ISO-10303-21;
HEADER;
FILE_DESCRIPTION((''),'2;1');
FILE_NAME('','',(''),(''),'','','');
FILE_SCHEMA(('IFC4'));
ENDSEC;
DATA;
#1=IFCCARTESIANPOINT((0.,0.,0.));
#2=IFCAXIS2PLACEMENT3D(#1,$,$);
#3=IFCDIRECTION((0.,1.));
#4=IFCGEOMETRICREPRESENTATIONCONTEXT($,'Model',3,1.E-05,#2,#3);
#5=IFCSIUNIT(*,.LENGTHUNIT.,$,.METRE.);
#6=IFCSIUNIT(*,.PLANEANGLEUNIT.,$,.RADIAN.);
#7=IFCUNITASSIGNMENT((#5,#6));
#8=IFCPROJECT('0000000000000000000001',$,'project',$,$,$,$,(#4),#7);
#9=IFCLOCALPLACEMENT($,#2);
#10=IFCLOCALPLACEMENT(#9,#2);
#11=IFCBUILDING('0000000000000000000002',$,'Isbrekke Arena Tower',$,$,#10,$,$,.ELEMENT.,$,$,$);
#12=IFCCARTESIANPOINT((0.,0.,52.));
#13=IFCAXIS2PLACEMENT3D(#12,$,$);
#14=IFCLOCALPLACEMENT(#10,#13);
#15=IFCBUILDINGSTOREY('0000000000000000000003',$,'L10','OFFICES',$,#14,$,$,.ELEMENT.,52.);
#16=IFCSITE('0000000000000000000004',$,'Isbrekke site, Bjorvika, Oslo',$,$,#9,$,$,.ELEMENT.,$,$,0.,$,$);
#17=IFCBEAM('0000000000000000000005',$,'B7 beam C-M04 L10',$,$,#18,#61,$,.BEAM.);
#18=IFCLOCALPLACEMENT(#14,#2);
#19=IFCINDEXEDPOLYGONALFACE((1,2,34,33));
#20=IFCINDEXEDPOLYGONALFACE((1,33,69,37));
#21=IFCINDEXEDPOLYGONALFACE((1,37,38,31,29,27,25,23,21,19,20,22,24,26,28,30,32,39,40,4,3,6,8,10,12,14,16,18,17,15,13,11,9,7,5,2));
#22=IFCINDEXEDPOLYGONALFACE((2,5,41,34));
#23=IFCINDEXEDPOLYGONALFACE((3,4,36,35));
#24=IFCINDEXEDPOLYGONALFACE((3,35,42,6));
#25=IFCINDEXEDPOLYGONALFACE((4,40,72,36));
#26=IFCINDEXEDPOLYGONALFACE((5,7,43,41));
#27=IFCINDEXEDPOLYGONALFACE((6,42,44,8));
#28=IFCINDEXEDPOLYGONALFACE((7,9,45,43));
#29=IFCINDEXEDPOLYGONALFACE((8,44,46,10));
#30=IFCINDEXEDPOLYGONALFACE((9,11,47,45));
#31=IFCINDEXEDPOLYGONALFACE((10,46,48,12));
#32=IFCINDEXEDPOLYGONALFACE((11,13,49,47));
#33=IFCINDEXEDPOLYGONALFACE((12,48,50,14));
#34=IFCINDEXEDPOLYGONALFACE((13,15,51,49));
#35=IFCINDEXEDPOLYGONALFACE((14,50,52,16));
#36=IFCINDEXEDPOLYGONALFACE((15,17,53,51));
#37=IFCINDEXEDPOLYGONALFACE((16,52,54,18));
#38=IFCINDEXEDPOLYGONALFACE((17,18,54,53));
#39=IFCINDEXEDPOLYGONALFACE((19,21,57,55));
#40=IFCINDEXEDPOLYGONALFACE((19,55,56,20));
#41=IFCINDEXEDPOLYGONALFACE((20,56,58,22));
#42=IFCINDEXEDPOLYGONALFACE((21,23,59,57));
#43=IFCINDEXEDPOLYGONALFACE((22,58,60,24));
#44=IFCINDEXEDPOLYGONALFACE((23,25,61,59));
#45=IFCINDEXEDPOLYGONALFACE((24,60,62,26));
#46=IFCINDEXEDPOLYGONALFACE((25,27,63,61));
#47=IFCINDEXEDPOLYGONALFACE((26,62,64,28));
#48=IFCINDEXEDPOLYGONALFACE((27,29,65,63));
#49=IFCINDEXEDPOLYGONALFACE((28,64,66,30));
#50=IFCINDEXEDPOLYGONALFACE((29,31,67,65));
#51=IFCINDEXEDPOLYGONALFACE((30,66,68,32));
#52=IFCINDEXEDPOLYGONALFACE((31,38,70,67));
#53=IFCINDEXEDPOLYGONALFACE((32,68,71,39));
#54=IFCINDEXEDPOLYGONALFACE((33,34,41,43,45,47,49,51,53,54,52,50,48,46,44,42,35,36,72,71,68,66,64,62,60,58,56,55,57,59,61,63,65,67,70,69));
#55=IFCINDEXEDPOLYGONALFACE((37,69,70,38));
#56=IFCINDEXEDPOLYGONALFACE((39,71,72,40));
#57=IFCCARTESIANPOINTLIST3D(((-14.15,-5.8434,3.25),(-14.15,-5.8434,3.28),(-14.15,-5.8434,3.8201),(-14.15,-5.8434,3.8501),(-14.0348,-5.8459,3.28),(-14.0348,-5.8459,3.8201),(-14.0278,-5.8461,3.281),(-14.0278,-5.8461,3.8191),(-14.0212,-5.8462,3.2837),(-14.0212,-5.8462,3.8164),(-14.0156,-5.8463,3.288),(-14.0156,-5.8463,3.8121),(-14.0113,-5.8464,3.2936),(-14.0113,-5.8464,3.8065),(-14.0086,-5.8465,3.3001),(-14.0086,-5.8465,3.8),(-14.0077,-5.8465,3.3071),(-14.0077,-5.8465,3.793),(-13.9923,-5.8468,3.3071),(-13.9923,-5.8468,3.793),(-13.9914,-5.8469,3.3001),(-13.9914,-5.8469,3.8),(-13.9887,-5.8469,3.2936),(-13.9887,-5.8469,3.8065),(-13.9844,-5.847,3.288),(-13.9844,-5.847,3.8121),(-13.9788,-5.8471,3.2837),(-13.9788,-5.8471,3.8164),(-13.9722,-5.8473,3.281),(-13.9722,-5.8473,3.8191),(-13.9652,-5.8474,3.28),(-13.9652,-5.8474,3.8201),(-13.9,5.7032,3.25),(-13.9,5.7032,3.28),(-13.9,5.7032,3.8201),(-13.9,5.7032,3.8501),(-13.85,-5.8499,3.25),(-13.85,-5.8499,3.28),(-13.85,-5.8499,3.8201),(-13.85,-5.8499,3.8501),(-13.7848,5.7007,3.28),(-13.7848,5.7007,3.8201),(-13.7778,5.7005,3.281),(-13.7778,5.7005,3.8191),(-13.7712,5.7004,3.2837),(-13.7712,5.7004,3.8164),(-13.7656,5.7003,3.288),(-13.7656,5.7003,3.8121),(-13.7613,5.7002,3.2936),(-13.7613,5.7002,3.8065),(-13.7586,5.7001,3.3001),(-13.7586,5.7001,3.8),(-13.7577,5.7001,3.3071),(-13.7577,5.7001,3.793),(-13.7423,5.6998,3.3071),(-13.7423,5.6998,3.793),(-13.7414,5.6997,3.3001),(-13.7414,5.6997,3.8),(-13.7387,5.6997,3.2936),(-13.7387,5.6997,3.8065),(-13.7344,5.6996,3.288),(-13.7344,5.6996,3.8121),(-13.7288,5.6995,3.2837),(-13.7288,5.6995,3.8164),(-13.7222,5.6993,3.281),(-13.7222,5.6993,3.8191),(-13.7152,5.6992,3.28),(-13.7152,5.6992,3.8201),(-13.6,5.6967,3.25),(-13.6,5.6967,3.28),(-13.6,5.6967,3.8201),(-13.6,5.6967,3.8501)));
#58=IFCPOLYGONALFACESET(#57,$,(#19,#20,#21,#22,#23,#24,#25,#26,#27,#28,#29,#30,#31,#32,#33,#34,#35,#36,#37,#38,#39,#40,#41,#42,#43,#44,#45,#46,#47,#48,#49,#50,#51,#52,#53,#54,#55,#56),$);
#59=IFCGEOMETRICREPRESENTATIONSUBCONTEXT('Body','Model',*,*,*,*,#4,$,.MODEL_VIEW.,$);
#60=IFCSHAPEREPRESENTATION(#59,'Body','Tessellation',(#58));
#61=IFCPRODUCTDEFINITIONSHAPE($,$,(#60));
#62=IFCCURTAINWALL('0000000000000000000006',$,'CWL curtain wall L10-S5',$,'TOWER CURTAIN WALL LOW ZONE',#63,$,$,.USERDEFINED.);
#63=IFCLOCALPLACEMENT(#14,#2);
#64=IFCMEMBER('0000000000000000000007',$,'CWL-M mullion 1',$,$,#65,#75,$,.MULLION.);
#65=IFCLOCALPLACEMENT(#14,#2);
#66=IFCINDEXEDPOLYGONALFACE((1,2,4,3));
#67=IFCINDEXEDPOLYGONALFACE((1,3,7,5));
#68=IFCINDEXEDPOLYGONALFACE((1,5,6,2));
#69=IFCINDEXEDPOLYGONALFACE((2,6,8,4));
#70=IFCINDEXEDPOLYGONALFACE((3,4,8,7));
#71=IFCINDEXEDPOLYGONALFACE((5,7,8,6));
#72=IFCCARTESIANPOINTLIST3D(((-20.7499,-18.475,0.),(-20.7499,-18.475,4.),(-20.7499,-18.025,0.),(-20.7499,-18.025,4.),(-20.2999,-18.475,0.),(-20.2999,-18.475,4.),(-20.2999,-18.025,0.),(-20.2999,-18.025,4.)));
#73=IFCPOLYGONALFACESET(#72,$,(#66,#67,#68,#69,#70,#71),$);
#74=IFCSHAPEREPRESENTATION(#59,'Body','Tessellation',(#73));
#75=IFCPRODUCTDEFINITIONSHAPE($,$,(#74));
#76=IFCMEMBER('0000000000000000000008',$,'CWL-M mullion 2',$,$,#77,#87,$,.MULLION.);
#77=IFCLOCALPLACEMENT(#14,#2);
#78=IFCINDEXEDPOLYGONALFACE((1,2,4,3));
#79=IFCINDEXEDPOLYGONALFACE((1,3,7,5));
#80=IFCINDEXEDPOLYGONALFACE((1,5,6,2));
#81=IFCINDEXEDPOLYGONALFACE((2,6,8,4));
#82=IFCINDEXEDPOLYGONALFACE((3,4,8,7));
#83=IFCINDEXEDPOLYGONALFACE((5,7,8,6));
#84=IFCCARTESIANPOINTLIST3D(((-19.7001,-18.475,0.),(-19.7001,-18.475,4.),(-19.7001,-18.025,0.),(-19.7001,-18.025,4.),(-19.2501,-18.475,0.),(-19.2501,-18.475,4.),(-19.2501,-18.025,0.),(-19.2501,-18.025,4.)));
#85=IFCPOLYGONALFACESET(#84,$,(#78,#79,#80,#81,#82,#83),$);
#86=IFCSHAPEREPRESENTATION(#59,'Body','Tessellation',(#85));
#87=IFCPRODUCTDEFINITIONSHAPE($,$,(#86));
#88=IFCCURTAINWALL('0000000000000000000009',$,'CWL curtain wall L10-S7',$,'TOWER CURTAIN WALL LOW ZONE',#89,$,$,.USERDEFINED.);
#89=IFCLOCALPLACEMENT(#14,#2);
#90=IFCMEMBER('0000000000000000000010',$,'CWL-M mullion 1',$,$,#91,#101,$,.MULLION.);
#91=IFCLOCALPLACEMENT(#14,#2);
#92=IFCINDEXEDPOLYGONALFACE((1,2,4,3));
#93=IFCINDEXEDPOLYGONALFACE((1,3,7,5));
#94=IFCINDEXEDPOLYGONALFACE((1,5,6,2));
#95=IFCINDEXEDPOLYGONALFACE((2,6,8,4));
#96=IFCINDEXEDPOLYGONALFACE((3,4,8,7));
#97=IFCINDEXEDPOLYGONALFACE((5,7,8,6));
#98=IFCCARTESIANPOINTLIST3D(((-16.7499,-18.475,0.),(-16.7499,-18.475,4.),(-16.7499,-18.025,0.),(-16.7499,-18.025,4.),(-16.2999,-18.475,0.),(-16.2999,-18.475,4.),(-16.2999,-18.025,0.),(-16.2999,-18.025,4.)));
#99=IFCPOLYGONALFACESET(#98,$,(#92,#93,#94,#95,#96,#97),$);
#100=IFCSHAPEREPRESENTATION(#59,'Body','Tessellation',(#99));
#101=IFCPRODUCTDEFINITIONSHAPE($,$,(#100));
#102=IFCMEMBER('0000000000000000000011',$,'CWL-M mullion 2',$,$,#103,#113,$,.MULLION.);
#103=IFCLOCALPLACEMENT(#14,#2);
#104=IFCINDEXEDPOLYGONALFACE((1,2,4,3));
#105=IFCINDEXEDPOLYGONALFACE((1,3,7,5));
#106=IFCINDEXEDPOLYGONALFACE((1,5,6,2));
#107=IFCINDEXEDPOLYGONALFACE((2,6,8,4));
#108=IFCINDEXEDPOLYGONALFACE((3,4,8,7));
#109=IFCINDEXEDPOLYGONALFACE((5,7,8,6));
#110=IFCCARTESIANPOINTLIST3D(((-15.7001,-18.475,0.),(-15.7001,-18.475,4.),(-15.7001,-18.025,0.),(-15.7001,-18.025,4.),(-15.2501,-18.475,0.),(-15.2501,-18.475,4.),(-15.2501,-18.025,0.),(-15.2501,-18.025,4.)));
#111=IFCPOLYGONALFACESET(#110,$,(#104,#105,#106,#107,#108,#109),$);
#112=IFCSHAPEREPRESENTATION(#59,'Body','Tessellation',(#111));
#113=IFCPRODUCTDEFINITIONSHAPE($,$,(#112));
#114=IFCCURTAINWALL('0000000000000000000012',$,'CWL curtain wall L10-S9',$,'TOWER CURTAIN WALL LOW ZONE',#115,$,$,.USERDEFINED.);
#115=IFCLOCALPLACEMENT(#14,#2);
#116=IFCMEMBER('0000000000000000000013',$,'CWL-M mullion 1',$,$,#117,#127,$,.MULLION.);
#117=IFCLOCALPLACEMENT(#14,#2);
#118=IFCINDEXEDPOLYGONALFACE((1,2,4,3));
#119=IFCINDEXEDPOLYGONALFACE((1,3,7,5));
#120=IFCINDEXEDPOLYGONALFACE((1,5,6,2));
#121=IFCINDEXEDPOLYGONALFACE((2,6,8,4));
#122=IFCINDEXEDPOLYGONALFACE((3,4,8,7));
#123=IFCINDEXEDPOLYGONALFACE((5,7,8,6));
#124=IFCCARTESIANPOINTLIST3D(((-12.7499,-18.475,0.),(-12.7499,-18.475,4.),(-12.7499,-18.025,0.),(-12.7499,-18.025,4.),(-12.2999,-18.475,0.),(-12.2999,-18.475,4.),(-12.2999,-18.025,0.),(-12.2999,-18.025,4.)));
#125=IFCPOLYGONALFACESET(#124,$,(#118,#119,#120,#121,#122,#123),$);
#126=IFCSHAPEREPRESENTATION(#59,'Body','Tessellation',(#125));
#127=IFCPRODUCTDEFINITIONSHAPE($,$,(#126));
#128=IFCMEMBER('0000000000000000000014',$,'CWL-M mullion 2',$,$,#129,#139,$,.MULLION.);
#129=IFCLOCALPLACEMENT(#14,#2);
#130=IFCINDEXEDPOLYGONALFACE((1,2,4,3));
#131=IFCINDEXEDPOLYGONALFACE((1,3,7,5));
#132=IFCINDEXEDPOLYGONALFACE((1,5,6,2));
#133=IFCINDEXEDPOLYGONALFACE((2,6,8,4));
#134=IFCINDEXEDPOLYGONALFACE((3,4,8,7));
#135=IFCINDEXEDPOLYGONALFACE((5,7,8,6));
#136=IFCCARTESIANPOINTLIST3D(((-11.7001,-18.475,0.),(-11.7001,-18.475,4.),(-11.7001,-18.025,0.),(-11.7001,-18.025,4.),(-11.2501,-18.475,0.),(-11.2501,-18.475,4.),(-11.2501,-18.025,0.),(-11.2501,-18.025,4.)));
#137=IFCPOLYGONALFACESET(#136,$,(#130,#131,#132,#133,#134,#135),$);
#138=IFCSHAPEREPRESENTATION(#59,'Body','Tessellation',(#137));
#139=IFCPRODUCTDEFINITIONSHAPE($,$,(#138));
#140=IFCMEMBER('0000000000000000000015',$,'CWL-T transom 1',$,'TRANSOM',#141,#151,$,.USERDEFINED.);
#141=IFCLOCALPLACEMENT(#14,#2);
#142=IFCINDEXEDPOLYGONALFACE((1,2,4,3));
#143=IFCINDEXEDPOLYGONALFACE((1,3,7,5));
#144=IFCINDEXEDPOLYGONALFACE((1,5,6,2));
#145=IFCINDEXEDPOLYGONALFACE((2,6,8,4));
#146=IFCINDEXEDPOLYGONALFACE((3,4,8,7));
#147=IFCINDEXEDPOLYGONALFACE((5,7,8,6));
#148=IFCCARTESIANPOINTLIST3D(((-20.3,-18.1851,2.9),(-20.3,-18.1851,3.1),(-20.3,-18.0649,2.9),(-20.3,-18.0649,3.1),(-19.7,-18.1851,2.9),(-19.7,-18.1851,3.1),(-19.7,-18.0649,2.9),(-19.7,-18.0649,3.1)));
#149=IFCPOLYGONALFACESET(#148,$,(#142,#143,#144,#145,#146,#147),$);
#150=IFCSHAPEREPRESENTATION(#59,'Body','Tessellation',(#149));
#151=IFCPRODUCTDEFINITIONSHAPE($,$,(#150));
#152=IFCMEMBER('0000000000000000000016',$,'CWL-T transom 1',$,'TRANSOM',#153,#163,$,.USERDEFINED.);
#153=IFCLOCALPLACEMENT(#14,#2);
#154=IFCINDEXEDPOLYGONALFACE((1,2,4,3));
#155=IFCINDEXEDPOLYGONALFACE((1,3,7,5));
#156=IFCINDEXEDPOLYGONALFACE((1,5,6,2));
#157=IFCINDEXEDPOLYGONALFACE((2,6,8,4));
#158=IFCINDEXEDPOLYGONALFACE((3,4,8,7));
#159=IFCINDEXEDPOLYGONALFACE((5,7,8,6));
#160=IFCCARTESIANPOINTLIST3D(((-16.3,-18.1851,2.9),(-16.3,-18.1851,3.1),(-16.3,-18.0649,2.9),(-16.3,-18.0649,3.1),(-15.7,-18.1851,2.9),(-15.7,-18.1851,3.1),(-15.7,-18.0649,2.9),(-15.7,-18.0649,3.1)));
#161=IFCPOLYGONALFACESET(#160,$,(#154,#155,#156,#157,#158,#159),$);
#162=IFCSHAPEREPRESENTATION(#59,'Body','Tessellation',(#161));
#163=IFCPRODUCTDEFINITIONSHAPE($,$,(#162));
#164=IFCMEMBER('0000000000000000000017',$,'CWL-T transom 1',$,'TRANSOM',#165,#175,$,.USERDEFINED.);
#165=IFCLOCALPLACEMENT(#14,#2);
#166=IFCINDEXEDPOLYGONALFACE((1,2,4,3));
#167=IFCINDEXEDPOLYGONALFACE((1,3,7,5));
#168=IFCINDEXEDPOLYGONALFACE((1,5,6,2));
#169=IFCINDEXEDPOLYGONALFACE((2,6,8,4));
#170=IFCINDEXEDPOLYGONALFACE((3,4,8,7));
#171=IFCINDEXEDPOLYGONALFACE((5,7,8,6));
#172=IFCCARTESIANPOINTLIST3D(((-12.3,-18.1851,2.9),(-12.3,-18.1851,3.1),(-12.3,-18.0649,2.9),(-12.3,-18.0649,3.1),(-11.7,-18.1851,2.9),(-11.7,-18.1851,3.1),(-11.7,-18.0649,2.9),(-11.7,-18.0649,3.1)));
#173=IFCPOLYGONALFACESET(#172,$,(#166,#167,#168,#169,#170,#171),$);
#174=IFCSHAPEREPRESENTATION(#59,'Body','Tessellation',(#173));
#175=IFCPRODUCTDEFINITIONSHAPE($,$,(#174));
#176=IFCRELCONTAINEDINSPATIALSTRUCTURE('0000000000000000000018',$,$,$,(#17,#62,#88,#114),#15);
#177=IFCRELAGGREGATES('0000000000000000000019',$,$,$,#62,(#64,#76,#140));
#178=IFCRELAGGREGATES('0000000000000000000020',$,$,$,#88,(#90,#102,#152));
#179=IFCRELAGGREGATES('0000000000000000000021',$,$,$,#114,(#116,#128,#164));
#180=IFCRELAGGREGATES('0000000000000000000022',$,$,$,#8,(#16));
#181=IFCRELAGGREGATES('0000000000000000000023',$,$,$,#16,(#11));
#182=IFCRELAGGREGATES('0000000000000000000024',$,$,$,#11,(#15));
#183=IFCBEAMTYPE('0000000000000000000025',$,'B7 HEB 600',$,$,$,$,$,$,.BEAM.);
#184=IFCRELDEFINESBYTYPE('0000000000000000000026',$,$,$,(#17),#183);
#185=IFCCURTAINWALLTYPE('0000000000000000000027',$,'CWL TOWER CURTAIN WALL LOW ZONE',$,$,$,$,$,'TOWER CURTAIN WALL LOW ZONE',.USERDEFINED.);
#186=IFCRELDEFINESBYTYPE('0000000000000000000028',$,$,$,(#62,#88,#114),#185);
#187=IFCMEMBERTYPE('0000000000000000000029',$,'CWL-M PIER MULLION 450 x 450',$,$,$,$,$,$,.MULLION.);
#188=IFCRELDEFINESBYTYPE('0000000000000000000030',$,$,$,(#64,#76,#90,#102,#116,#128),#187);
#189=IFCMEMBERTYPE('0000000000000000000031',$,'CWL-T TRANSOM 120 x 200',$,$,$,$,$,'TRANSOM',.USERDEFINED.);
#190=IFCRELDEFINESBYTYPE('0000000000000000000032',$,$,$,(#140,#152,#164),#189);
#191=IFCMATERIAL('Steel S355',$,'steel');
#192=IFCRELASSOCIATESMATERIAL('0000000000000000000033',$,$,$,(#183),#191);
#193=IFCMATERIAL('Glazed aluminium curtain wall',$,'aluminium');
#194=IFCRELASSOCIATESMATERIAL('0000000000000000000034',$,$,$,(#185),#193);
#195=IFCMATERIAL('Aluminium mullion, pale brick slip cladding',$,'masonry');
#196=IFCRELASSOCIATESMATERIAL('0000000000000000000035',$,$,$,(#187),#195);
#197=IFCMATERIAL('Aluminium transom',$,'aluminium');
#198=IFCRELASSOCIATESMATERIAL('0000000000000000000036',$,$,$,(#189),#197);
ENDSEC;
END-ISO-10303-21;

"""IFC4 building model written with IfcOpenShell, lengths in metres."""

from ifc_helpers import new_model, si_unit, direction, frame, origin, origin_2d, place, context, subcontext, project, spatial, rectangle, i_section, extrude, material, material_profile, profile_set, type_object, element, aggregate, save


model = new_model("IFC4")

# Units and contexts
model_context = context("Model", 3, precision=1e-05, world=origin(), true_north=direction((0.0, 1.0)))
body_context = subcontext(model_context, "Body", "Model", "MODEL_VIEW")
ifc_project = project(units=[si_unit("LENGTHUNIT", "METRE"), si_unit("PLANEANGLEUNIT", "RADIAN")], contexts=[model_context])

# Site, building, storey
site_placement = place(None, origin())
site = spatial("IfcSite", under=ifc_project, at=site_placement, Name="Isbrekke site, Bjorvika, Oslo", CompositionType="ELEMENT", RefElevation=0.0)
building_placement = place(site_placement, origin())
building = spatial("IfcBuilding", under=site, at=building_placement, Name="Isbrekke Arena Tower", CompositionType="ELEMENT")
storey_placement = place(building_placement, frame((0.0, 0.0, 52.0)))
storey = spatial("IfcBuildingStorey", under=building, at=storey_placement, Name="L10", Description="OFFICES", CompositionType="ELEMENT", Elevation=52.0)

# Beam
ifc_material_1 = material(Name="Steel S355", Category="steel")
ifc_material_profile_1 = material_profile(ifc_material_1, i_section(OverallWidth=0.3, OverallDepth=0.6001, WebThickness=0.0154, FlangeThickness=0.03, FilletRadius=0.0271, at=origin_2d()), Name="HEB 600")
ifc_profile_set_1 = profile_set([ifc_material_profile_1], Name="Steel S355")
beam_type_1 = type_object("IfcBeamType", Name="B7 HEB 600", PredefinedType="BEAM", material=ifc_profile_set_1)
beam_1_placement = place(storey_placement, frame((-14.0, -5.8467, 3.55), z_axis=(0.021646, 0.999766, 0.0), x_axis=(-0.999766, 0.021646, 0.0)))
element("IfcBeam", 1, at=beam_1_placement, inside=storey, type_object=beam_type_1, Name="B7 beam C-M04 L10", PredefinedType="BEAM", context=body_context, shape_type="SweptSolid", body=[
    extrude(i_section(OverallWidth=0.3, OverallDepth=0.6001, WebThickness=0.0154, FlangeThickness=0.03, FilletRadius=0.0271, at=origin_2d()), origin(), (0.0, 0.0, 1.0), 11.5493),
])

# Curtain walls, members
ifc_material_2 = material(Name="Glazed aluminium curtain wall", Category="aluminium")
curtain_wall_type = type_object("IfcCurtainWallType", Name="CWL TOWER CURTAIN WALL LOW ZONE", ElementType="TOWER CURTAIN WALL LOW ZONE", PredefinedType="USERDEFINED", material=ifc_material_2)
curtain_wall_1_placement = place(storey_placement, origin())
curtain_wall_1 = element("IfcCurtainWall", 2, at=curtain_wall_1_placement, inside=storey, type_object=curtain_wall_type, Name="CWL curtain wall L10-S5", ObjectType="TOWER CURTAIN WALL LOW ZONE", PredefinedType="USERDEFINED")
ifc_material_3 = material(Name="Aluminium mullion, pale brick slip cladding", Category="masonry")
ifc_material_profile_2 = material_profile(ifc_material_3, rectangle(XDim=0.45, YDim=0.45, at=origin_2d()), Name="PIER 450X450")
ifc_profile_set_2 = profile_set([ifc_material_profile_2], Name="Aluminium mullion, pale brick slip cladding")
member_type_1 = type_object("IfcMemberType", Name="CWL-M PIER MULLION 450 x 450", PredefinedType="MULLION", material=ifc_profile_set_2)
member_1_placement = place(storey_placement, frame((-20.5249, -18.25, 0.0), z_axis=(0.0, 0.0, 1.0), x_axis=(1.0, 0.0, 0.0)))
member_1 = element("IfcMember", 3, at=member_1_placement, type_object=member_type_1, Name="CWL-M mullion 1", PredefinedType="MULLION", context=body_context, shape_type="SweptSolid", body=[
    extrude(rectangle(XDim=0.45, YDim=0.45, at=origin_2d()), origin(), (0.0, 0.0, 1.0), 4.0),
])
member_2_placement = place(storey_placement, frame((-19.4751, -18.25, 0.0), z_axis=(0.0, 0.0, 1.0), x_axis=(1.0, 0.0, 0.0)))
member_2 = element("IfcMember", 4, at=member_2_placement, type_object=member_type_1, Name="CWL-M mullion 2", PredefinedType="MULLION", context=body_context, shape_type="SweptSolid", body=[
    extrude(rectangle(XDim=0.45, YDim=0.45, at=origin_2d()), origin(), (0.0, 0.0, 1.0), 4.0),
])
curtain_wall_2_placement = place(storey_placement, origin())
curtain_wall_2 = element("IfcCurtainWall", 5, at=curtain_wall_2_placement, inside=storey, type_object=curtain_wall_type, Name="CWL curtain wall L10-S7", ObjectType="TOWER CURTAIN WALL LOW ZONE", PredefinedType="USERDEFINED")
member_3_placement = place(storey_placement, frame((-16.5249, -18.25, 0.0), z_axis=(0.0, 0.0, 1.0), x_axis=(1.0, 0.0, 0.0)))
member_3 = element("IfcMember", 6, at=member_3_placement, type_object=member_type_1, Name="CWL-M mullion 1", PredefinedType="MULLION", context=body_context, shape_type="SweptSolid", body=[
    extrude(rectangle(XDim=0.45, YDim=0.45, at=origin_2d()), origin(), (0.0, 0.0, 1.0), 4.0),
])
member_4_placement = place(storey_placement, frame((-15.4751, -18.25, 0.0), z_axis=(0.0, 0.0, 1.0), x_axis=(1.0, 0.0, 0.0)))
member_4 = element("IfcMember", 7, at=member_4_placement, type_object=member_type_1, Name="CWL-M mullion 2", PredefinedType="MULLION", context=body_context, shape_type="SweptSolid", body=[
    extrude(rectangle(XDim=0.45, YDim=0.45, at=origin_2d()), origin(), (0.0, 0.0, 1.0), 4.0),
])
curtain_wall_3_placement = place(storey_placement, origin())
curtain_wall_3 = element("IfcCurtainWall", 8, at=curtain_wall_3_placement, inside=storey, type_object=curtain_wall_type, Name="CWL curtain wall L10-S9", ObjectType="TOWER CURTAIN WALL LOW ZONE", PredefinedType="USERDEFINED")
member_5_placement = place(storey_placement, frame((-12.5249, -18.25, 0.0), z_axis=(0.0, 0.0, 1.0), x_axis=(1.0, 0.0, 0.0)))
member_5 = element("IfcMember", 9, at=member_5_placement, type_object=member_type_1, Name="CWL-M mullion 1", PredefinedType="MULLION", context=body_context, shape_type="SweptSolid", body=[
    extrude(rectangle(XDim=0.45, YDim=0.45, at=origin_2d()), origin(), (0.0, 0.0, 1.0), 4.0),
])
member_6_placement = place(storey_placement, frame((-11.4751, -18.25, 0.0), z_axis=(0.0, 0.0, 1.0), x_axis=(1.0, 0.0, 0.0)))
member_6 = element("IfcMember", 10, at=member_6_placement, type_object=member_type_1, Name="CWL-M mullion 2", PredefinedType="MULLION", context=body_context, shape_type="SweptSolid", body=[
    extrude(rectangle(XDim=0.45, YDim=0.45, at=origin_2d()), origin(), (0.0, 0.0, 1.0), 4.0),
])

# Members
ifc_material_4 = material(Name="Aluminium transom", Category="aluminium")
ifc_material_profile_3 = material_profile(ifc_material_4, rectangle(XDim=0.1201, YDim=0.2, at=origin_2d()), Name="TRANSOM 120X200")
ifc_profile_set_3 = profile_set([ifc_material_profile_3], Name="Aluminium transom")
member_type_2 = type_object("IfcMemberType", Name="CWL-T TRANSOM 120 x 200", ElementType="TRANSOM", PredefinedType="USERDEFINED", material=ifc_profile_set_3)
member_7_placement = place(storey_placement, frame((-20.3, -18.125, 3.0), z_axis=(1.0, 0.0, 0.0), x_axis=(0.0, 1.0, 0.0)))
member_7 = element("IfcMember", 11, at=member_7_placement, type_object=member_type_2, Name="CWL-T transom 1", ObjectType="TRANSOM", PredefinedType="USERDEFINED", context=body_context, shape_type="SweptSolid", body=[
    extrude(rectangle(XDim=0.1201, YDim=0.2, at=origin_2d()), origin(), (0.0, 0.0, 1.0), 0.6001),
])
member_8_placement = place(storey_placement, frame((-16.3, -18.125, 3.0), z_axis=(1.0, 0.0, 0.0), x_axis=(0.0, 1.0, 0.0)))
member_8 = element("IfcMember", 12, at=member_8_placement, type_object=member_type_2, Name="CWL-T transom 1", ObjectType="TRANSOM", PredefinedType="USERDEFINED", context=body_context, shape_type="SweptSolid", body=[
    extrude(rectangle(XDim=0.1201, YDim=0.2, at=origin_2d()), origin(), (0.0, 0.0, 1.0), 0.6001),
])
member_9_placement = place(storey_placement, frame((-12.3, -18.125, 3.0), z_axis=(1.0, 0.0, 0.0), x_axis=(0.0, 1.0, 0.0)))
member_9 = element("IfcMember", 13, at=member_9_placement, type_object=member_type_2, Name="CWL-T transom 1", ObjectType="TRANSOM", PredefinedType="USERDEFINED", context=body_context, shape_type="SweptSolid", body=[
    extrude(rectangle(XDim=0.1201, YDim=0.2, at=origin_2d()), origin(), (0.0, 0.0, 1.0), 0.6001),
])

aggregate(curtain_wall_1, [member_1, member_2, member_7])
aggregate(curtain_wall_2, [member_3, member_4, member_8])
aggregate(curtain_wall_3, [member_5, member_6, member_9])

save(model, "model.ifc")
